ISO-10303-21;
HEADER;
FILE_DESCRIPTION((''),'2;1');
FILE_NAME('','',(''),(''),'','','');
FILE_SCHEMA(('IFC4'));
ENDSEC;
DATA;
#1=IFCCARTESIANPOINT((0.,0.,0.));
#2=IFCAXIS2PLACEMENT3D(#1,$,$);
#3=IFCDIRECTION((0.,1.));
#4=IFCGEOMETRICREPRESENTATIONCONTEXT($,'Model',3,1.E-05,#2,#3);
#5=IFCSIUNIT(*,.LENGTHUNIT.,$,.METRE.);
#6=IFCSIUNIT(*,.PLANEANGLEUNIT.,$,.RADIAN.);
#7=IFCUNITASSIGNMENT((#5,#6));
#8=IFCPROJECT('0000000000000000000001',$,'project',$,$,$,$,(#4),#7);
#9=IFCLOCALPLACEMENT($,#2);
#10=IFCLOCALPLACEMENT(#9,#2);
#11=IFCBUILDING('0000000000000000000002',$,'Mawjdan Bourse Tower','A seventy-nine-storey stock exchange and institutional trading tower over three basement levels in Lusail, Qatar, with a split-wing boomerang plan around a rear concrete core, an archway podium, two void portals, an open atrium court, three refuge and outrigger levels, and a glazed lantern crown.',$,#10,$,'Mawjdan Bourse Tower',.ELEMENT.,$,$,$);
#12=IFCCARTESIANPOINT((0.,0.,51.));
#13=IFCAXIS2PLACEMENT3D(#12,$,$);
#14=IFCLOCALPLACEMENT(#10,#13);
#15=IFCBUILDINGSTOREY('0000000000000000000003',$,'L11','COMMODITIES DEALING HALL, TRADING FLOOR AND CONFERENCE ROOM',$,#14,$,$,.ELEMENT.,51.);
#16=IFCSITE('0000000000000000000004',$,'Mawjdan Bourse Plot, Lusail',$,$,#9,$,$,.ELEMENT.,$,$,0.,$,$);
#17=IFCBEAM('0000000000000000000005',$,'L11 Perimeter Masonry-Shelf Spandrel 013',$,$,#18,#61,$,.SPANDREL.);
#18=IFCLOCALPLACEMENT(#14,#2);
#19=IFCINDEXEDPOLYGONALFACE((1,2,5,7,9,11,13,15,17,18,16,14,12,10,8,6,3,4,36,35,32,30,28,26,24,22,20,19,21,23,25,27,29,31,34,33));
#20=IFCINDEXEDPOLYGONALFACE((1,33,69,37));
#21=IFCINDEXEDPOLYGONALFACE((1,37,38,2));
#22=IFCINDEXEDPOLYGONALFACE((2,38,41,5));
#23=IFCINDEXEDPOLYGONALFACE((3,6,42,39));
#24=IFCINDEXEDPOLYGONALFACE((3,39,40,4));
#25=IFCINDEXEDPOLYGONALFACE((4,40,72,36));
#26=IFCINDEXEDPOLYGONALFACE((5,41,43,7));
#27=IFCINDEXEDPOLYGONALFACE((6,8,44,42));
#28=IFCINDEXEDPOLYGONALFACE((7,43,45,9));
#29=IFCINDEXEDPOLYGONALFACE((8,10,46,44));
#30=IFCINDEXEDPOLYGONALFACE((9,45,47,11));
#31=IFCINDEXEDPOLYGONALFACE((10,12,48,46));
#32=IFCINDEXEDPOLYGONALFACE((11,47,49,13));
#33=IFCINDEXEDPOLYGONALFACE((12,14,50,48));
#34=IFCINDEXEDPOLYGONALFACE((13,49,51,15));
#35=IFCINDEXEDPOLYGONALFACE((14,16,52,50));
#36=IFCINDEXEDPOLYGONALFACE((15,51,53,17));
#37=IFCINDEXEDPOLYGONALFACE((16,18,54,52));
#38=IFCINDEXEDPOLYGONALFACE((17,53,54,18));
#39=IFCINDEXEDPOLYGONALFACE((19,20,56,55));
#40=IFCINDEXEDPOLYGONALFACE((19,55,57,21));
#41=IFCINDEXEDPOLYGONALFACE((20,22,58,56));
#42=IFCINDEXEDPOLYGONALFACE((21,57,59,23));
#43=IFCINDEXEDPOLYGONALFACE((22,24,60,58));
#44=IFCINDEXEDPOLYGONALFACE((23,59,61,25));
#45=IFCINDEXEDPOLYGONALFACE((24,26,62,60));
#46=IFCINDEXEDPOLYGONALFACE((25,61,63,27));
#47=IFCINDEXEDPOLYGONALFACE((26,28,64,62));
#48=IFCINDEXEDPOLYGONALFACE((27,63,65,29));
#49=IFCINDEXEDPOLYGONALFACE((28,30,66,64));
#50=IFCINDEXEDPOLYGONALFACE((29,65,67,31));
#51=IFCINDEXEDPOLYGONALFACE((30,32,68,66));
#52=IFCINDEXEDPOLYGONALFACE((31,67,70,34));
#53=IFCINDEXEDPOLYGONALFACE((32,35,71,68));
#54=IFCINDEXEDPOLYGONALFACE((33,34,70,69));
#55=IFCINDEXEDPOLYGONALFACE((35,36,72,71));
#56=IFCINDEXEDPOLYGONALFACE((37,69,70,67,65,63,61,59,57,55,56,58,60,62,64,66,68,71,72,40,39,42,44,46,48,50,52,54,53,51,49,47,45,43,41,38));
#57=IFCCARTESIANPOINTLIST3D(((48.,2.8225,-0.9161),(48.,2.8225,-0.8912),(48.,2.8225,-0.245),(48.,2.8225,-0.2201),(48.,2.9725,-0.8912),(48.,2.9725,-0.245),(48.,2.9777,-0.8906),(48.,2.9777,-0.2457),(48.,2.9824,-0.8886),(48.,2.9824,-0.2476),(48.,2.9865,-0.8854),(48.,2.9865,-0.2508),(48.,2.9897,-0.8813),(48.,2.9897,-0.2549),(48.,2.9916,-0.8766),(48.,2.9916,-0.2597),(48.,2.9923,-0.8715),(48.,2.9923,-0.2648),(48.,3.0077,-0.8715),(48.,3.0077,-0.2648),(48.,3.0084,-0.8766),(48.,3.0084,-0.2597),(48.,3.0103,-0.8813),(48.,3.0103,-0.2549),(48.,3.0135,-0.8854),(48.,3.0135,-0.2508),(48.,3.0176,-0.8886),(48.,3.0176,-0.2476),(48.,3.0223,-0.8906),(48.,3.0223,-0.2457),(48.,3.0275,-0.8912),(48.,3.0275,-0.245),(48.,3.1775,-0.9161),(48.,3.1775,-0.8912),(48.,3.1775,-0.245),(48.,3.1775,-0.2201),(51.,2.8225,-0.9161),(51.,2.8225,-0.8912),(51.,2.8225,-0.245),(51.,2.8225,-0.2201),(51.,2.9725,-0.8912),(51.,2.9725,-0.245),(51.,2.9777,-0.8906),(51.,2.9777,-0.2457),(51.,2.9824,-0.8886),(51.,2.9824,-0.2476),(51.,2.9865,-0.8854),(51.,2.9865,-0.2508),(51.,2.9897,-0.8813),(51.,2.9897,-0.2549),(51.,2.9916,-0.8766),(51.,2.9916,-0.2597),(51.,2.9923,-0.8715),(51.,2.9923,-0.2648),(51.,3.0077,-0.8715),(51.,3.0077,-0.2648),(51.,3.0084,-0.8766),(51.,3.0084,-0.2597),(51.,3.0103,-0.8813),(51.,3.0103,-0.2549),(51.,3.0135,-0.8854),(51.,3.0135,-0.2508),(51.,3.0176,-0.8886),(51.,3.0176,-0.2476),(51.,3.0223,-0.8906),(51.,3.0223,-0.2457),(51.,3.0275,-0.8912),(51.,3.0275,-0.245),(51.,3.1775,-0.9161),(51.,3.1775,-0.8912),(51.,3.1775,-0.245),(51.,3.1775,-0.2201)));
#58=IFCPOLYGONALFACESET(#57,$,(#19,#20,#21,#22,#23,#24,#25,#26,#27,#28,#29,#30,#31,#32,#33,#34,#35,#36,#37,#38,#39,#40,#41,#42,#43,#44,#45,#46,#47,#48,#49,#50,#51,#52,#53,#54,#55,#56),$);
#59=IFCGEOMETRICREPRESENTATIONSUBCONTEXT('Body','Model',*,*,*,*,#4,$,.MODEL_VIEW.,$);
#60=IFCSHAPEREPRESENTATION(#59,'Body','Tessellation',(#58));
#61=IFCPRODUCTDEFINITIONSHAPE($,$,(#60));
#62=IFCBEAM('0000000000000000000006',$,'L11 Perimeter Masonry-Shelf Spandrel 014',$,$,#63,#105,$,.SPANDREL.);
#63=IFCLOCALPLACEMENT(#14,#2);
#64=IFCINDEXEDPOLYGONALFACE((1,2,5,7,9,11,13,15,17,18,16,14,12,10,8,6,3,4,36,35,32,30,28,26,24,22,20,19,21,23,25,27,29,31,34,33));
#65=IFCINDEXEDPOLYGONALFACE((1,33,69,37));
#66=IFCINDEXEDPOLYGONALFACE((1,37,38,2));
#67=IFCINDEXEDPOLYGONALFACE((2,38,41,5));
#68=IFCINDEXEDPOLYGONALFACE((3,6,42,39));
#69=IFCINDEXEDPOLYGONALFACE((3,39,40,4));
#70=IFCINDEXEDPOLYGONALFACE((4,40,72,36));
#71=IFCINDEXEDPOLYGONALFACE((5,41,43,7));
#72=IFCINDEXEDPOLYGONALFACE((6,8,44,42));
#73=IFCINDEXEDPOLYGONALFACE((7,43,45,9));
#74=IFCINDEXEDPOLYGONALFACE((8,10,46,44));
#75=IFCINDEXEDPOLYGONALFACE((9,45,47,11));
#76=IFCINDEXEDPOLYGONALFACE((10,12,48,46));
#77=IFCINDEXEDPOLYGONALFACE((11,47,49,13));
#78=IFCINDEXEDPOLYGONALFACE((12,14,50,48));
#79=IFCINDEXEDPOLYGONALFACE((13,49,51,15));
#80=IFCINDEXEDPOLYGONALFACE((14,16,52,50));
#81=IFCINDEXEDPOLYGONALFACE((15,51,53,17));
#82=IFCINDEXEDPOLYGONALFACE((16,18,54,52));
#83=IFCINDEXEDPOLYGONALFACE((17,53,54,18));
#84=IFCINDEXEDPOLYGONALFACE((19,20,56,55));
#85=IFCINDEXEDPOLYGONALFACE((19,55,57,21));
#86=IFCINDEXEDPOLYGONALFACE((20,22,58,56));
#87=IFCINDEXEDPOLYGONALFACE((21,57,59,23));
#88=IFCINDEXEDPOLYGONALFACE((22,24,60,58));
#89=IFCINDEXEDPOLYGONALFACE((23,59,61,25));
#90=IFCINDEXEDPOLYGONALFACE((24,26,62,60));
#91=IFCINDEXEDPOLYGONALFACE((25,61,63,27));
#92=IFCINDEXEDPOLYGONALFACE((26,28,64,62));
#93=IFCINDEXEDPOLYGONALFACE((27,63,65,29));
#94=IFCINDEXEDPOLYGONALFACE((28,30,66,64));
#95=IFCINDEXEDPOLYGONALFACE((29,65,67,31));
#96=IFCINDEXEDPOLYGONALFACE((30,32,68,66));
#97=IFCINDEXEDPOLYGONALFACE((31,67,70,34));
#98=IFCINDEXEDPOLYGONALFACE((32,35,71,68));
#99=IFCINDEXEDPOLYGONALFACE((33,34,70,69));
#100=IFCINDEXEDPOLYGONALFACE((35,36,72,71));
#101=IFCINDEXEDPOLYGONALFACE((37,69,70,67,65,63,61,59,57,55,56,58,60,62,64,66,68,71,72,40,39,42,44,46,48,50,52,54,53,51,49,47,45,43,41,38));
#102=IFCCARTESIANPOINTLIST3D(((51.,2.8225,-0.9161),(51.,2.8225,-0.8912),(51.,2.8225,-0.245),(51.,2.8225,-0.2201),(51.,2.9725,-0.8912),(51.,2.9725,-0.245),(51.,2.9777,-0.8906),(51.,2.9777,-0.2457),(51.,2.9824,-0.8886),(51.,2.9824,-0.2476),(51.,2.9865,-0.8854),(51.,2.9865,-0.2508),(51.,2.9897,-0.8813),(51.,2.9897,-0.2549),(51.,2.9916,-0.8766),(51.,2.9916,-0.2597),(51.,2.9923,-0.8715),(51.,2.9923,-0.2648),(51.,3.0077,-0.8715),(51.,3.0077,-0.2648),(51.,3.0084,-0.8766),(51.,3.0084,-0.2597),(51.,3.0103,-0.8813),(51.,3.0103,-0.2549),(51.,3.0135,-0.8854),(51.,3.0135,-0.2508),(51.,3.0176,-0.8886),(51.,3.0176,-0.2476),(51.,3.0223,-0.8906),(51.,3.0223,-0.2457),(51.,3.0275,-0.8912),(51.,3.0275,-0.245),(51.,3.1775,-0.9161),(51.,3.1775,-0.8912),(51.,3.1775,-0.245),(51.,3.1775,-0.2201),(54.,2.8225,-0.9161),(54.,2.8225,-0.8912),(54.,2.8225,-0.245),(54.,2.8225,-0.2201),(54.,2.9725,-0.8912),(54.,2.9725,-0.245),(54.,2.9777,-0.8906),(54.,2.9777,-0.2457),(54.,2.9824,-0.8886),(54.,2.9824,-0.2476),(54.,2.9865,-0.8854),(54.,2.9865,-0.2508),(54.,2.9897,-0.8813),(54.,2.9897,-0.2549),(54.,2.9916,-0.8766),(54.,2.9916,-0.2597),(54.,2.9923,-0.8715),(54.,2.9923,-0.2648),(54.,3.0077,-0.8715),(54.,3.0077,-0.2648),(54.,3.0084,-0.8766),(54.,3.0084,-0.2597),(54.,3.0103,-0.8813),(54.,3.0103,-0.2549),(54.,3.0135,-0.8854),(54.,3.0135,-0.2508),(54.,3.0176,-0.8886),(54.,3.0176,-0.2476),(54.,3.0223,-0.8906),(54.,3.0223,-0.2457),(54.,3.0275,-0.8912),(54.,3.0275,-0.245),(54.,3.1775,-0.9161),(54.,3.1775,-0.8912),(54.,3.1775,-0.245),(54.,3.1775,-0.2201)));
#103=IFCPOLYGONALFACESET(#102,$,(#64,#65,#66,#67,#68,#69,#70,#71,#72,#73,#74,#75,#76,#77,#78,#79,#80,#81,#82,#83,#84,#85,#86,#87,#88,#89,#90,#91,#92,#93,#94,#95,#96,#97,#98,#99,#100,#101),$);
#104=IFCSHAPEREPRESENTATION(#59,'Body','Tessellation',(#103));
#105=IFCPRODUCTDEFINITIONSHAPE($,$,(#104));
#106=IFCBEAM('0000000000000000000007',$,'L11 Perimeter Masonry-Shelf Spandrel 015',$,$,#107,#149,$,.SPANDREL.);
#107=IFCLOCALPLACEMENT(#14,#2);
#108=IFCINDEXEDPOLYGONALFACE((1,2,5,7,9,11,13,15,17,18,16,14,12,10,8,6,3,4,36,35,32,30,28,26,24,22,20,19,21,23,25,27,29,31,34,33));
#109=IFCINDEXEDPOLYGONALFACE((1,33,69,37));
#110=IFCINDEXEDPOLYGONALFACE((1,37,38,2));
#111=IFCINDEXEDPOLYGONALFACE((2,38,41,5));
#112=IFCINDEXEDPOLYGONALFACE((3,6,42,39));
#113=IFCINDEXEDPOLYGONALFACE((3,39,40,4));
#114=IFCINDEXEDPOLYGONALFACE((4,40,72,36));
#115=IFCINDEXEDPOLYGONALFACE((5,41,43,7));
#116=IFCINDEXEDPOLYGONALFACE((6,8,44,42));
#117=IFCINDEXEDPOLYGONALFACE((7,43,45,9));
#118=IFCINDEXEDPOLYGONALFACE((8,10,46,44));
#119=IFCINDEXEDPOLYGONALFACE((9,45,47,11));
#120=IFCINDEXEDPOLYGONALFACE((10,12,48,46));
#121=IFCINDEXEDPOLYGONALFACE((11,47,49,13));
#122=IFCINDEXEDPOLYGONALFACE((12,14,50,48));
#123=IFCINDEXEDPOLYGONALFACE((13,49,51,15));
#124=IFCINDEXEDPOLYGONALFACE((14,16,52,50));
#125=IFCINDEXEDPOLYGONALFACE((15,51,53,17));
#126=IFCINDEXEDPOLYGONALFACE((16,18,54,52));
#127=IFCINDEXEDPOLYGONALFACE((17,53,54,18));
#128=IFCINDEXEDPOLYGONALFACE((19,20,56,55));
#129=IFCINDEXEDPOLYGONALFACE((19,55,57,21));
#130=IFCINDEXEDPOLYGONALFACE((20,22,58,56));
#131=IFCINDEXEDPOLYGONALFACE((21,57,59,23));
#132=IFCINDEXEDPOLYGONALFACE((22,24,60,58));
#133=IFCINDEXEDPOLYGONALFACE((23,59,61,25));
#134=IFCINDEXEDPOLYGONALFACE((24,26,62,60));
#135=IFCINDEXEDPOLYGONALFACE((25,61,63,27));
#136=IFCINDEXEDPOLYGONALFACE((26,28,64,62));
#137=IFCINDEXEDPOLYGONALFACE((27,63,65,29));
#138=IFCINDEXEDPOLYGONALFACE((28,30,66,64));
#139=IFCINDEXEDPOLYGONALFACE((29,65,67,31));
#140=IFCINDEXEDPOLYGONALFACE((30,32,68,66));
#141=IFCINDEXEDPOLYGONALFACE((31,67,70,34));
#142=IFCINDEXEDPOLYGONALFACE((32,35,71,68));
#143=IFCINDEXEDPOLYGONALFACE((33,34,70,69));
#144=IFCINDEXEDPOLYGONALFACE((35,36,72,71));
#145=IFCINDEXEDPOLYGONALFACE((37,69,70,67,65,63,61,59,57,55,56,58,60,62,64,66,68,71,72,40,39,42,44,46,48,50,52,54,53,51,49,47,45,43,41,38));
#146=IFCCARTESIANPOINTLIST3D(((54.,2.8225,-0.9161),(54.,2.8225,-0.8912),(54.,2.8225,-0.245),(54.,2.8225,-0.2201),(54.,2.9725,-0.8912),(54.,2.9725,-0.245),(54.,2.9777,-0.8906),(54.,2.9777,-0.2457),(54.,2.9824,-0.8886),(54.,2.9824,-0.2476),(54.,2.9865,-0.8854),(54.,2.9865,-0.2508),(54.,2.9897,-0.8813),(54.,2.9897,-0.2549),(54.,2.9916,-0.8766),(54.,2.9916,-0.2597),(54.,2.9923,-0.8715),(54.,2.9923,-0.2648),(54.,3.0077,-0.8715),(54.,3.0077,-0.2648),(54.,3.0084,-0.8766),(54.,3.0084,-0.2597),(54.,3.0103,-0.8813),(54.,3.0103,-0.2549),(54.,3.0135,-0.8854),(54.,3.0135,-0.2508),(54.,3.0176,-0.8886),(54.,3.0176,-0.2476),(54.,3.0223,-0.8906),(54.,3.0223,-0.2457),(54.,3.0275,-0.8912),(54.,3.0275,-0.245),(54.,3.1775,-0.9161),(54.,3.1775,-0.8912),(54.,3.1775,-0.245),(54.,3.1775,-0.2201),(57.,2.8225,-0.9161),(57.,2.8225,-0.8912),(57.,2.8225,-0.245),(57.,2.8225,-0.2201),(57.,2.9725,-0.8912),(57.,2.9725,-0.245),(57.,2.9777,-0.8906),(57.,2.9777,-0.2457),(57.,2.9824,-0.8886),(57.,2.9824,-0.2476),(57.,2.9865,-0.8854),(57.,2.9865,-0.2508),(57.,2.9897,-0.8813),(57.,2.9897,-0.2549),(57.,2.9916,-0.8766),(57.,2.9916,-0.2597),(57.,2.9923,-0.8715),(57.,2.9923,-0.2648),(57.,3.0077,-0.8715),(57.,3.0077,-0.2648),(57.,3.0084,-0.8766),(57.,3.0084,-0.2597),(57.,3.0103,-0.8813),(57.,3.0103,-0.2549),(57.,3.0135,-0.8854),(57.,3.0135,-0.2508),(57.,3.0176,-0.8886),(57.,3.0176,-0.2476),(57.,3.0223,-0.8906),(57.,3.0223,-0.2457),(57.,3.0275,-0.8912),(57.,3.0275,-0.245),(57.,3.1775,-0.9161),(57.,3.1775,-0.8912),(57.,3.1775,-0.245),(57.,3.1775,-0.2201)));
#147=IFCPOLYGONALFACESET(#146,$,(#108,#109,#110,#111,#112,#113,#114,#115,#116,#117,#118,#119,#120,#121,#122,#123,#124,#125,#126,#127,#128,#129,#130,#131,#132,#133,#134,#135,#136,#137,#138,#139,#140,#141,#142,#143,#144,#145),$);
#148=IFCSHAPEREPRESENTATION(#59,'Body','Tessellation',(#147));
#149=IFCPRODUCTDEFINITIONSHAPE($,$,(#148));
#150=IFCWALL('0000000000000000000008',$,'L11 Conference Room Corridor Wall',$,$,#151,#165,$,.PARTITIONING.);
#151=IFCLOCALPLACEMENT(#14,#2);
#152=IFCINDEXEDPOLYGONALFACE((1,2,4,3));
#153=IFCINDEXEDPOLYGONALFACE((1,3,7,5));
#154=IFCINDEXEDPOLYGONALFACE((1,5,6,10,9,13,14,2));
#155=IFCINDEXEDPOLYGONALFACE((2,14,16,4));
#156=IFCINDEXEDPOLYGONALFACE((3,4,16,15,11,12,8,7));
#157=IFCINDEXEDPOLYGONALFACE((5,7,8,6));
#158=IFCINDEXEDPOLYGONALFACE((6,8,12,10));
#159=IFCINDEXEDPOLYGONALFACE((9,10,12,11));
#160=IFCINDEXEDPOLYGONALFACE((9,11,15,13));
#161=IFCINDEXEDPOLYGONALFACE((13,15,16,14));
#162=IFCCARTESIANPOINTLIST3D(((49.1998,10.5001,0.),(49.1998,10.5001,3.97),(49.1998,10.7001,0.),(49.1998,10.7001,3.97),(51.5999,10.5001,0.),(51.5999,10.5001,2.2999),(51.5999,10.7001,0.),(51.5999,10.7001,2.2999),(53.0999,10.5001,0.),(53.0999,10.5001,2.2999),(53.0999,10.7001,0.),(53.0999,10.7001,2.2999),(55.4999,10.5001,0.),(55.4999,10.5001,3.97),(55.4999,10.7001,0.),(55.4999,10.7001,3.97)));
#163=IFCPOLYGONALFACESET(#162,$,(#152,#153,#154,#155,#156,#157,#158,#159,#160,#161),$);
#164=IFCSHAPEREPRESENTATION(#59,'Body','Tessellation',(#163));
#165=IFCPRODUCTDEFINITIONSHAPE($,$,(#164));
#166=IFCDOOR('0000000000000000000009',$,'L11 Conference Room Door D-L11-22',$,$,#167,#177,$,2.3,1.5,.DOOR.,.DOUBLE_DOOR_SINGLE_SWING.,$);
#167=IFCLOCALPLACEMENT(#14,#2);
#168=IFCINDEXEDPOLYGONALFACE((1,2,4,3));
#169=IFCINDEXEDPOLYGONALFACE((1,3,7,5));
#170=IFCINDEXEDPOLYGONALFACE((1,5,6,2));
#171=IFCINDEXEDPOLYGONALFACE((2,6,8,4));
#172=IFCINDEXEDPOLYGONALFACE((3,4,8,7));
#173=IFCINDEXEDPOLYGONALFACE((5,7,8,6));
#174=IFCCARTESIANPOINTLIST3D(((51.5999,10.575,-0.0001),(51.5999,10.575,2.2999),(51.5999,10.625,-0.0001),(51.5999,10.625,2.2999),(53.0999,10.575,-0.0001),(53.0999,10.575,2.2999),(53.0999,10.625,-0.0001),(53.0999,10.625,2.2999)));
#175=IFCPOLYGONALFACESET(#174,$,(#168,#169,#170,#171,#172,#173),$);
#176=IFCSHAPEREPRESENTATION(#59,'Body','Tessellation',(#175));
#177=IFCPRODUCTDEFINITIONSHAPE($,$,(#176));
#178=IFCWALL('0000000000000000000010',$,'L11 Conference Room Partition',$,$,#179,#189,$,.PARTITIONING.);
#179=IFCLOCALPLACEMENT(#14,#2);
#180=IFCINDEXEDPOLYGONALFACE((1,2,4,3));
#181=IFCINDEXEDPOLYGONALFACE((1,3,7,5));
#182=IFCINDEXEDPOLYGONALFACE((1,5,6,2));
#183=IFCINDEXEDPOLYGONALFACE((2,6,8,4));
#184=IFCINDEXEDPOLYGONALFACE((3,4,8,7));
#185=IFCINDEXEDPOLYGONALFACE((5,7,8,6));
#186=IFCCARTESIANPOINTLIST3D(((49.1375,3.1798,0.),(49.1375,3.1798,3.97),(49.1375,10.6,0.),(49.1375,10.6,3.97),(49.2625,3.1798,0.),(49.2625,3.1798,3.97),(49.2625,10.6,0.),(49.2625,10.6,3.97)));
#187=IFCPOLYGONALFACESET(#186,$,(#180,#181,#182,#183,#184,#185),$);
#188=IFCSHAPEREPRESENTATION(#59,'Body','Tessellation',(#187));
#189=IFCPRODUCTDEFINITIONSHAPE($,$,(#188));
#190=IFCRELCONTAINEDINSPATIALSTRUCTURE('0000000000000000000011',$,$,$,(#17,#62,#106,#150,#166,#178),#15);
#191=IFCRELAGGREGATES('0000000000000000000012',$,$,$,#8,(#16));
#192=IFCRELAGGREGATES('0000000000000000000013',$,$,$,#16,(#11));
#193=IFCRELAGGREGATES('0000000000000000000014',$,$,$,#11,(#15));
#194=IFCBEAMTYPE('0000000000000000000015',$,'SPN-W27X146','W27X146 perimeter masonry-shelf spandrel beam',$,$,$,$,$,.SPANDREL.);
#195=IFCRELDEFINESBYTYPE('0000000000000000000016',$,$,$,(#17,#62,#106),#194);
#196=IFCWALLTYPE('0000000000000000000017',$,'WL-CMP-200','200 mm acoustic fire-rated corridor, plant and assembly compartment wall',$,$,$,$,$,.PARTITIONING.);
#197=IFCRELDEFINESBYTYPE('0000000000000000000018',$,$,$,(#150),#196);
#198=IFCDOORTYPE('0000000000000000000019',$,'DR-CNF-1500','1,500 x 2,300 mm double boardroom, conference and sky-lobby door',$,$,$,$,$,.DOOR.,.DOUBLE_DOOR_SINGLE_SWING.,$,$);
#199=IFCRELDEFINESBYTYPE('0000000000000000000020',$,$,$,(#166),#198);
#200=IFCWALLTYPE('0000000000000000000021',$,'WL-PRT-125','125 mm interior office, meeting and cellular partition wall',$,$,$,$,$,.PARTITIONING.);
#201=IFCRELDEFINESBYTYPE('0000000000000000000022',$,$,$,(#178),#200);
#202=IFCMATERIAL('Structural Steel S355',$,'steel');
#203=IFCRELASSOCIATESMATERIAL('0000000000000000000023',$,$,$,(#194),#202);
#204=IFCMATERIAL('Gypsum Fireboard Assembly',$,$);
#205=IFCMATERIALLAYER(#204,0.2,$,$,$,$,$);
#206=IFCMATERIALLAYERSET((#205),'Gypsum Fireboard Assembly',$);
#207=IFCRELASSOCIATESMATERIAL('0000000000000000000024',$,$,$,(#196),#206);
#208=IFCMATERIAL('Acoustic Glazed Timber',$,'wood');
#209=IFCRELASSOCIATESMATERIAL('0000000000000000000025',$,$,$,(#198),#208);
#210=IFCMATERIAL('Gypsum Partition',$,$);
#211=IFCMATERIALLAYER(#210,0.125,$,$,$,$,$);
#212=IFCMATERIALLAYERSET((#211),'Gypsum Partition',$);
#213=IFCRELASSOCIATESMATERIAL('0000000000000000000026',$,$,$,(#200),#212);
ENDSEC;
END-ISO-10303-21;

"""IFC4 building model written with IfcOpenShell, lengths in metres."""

from ifc_helpers import new_model, si_unit, direction, frame, frame_2d, origin, origin_2d, place, context, subcontext, project, spatial, rectangle, i_section, extrude, material, layer, layer_set, material_profile, profile_set, type_object, element, fill, save


model = new_model("IFC4")

# Units and contexts
model_context = context("Model", 3, precision=1e-05, world=origin(), true_north=direction((0.0, 1.0)))
body_context = subcontext(model_context, "Body", "Model", "MODEL_VIEW")
ifc_project = project(units=[si_unit("LENGTHUNIT", "METRE"), si_unit("PLANEANGLEUNIT", "RADIAN")], contexts=[model_context])

# Site, building, storey
site_placement = place(None, origin())
site = spatial("IfcSite", under=ifc_project, at=site_placement, Name="Mawjdan Bourse Plot, Lusail", CompositionType="ELEMENT", RefElevation=0.0)
building_placement = place(site_placement, origin())
building = spatial("IfcBuilding", under=site, at=building_placement, Name="Mawjdan Bourse Tower", Description="A seventy-nine-storey stock exchange and institutional trading tower over three basement levels in Lusail, Qatar, with a split-wing boomerang plan around a rear concrete core, an archway podium, two void portals, an open atrium court, three refuge and outrigger levels, and a glazed lantern crown.", LongName="Mawjdan Bourse Tower", CompositionType="ELEMENT")
storey_placement = place(building_placement, frame((0.0, 0.0, 51.0)))
storey = spatial("IfcBuildingStorey", under=building, at=storey_placement, Name="L11", Description="COMMODITIES DEALING HALL, TRADING FLOOR AND CONFERENCE ROOM", CompositionType="ELEMENT", Elevation=51.0)

# Beams
ifc_material_1 = material(Name="Structural Steel S355", Category="steel")
ifc_material_profile_1 = material_profile(ifc_material_1, i_section(OverallWidth=0.355, OverallDepth=0.696, WebThickness=0.0154, FlangeThickness=0.0249, FilletRadius=0.0198, at=origin_2d()), Name="W27X146")
ifc_profile_set_1 = profile_set([ifc_material_profile_1], Name="Structural Steel S355")
beam_type_1 = type_object("IfcBeamType", Name="SPN-W27X146", Description="W27X146 perimeter masonry-shelf spandrel beam", PredefinedType="SPANDREL", material=ifc_profile_set_1)
for number, where, z_axis, x_axis, name in (
    (1, (48.0, 3.0, -0.5681), (1.0, 0.0, 0.0), (0.0, 1.0, 0.0), "L11 Perimeter Masonry-Shelf Spandrel 013"),
    (2, (51.0, 3.0, -0.5681), (1.0, 0.0, 0.0), (0.0, 1.0, 0.0), "L11 Perimeter Masonry-Shelf Spandrel 014"),
    (3, (54.0, 3.0, -0.5681), (1.0, 0.0, 0.0), (0.0, 1.0, 0.0), "L11 Perimeter Masonry-Shelf Spandrel 015"),
):
    element("IfcBeam", number, at=place(storey_placement, frame(where, z_axis=z_axis, x_axis=x_axis)), inside=storey, type_object=beam_type_1, Name=name, PredefinedType="SPANDREL", context=body_context, shape_type="SweptSolid", body=[
        extrude(i_section(OverallWidth=0.355, OverallDepth=0.696, WebThickness=0.0154, FlangeThickness=0.0249, FilletRadius=0.0198, at=origin_2d()), origin(), (0.0, 0.0, 1.0), 3.0),
    ])

# Wall, opening, door
ifc_material_2 = material(Name="Gypsum Fireboard Assembly")
ifc_layer_1 = layer(ifc_material_2, 0.2)
ifc_layer_set_1 = layer_set([ifc_layer_1], Name="Gypsum Fireboard Assembly")
wall_type_1 = type_object("IfcWallType", Name="WL-CMP-200", Description="200 mm acoustic fire-rated corridor, plant and assembly compartment wall", PredefinedType="PARTITIONING", material=ifc_layer_set_1)
wall_1_placement = place(storey_placement, frame((49.2, 10.6001, 0.0), z_axis=(0.0, 0.0, 1.0), x_axis=(1.0, 0.0, 0.0)))
wall_1 = element("IfcWall", 4, at=wall_1_placement, inside=storey, type_object=wall_type_1, Name="L11 Conference Room Corridor Wall", PredefinedType="PARTITIONING", context=body_context, shape_type="SweptSolid", body=[
    extrude(rectangle(XDim=6.3, YDim=0.2, at=frame_2d((3.1499, 0.0))), origin(), (0.0, 0.0, 1.0), 3.97),
])
opening_placement = place(wall_1_placement, frame((2.3999, 0.0, 0.0)))
opening = element("IfcOpeningElement", 5, at=opening_placement, cuts=wall_1, PredefinedType="OPENING", context=body_context, shape_type="SweptSolid", body=[
    extrude(rectangle(XDim=1.5, YDim=2.3, at=frame_2d((0.75, 1.1499))), frame((0.0, 0.1099, 0.0), z_axis=(0.0, -1.0, 0.0), x_axis=(1.0, 0.0, 0.0)), (0.0, 0.0, 1.0), 0.22),
])
ifc_material_3 = material(Name="Acoustic Glazed Timber", Category="wood")
door_type = type_object("IfcDoorType", Name="DR-CNF-1500", Description="1,500 x 2,300 mm double boardroom, conference and sky-lobby door", OperationType="DOUBLE_DOOR_SINGLE_SWING", PredefinedType="DOOR", material=ifc_material_3)
door_placement = place(opening_placement, origin())
door = element("IfcDoor", 6, at=door_placement, inside=storey, type_object=door_type, Name="L11 Conference Room Door D-L11-22", OperationType="DOUBLE_DOOR_SINGLE_SWING", OverallHeight=2.3, OverallWidth=1.5, PredefinedType="DOOR", context=body_context, shape_type="SweptSolid", body=[
    extrude(rectangle(XDim=1.5, YDim=2.3, at=frame_2d((0.75, 1.1499))), frame((0.0, 0.0249, 0.0), z_axis=(0.0, -1.0, 0.0), x_axis=(1.0, 0.0, 0.0)), (0.0, 0.0, 1.0), 0.05),
])
fill(opening, door)

# Wall
ifc_material_4 = material(Name="Gypsum Partition")
ifc_layer_2 = layer(ifc_material_4, 0.125)
ifc_layer_set_2 = layer_set([ifc_layer_2], Name="Gypsum Partition")
wall_type_2 = type_object("IfcWallType", Name="WL-PRT-125", Description="125 mm interior office, meeting and cellular partition wall", PredefinedType="PARTITIONING", material=ifc_layer_set_2)
wall_2_placement = place(storey_placement, frame((49.2, 3.1799, 0.0), z_axis=(0.0, 0.0, 1.0), x_axis=(0.0, 1.0, 0.0)))
element("IfcWall", 7, at=wall_2_placement, inside=storey, type_object=wall_type_2, Name="L11 Conference Room Partition", PredefinedType="PARTITIONING", context=body_context, shape_type="SweptSolid", body=[
    extrude(rectangle(XDim=7.4202, YDim=0.125, at=frame_2d((3.71, 0.0))), origin(), (0.0, 0.0, 1.0), 3.97),
])

save(model, "model.ifc")
